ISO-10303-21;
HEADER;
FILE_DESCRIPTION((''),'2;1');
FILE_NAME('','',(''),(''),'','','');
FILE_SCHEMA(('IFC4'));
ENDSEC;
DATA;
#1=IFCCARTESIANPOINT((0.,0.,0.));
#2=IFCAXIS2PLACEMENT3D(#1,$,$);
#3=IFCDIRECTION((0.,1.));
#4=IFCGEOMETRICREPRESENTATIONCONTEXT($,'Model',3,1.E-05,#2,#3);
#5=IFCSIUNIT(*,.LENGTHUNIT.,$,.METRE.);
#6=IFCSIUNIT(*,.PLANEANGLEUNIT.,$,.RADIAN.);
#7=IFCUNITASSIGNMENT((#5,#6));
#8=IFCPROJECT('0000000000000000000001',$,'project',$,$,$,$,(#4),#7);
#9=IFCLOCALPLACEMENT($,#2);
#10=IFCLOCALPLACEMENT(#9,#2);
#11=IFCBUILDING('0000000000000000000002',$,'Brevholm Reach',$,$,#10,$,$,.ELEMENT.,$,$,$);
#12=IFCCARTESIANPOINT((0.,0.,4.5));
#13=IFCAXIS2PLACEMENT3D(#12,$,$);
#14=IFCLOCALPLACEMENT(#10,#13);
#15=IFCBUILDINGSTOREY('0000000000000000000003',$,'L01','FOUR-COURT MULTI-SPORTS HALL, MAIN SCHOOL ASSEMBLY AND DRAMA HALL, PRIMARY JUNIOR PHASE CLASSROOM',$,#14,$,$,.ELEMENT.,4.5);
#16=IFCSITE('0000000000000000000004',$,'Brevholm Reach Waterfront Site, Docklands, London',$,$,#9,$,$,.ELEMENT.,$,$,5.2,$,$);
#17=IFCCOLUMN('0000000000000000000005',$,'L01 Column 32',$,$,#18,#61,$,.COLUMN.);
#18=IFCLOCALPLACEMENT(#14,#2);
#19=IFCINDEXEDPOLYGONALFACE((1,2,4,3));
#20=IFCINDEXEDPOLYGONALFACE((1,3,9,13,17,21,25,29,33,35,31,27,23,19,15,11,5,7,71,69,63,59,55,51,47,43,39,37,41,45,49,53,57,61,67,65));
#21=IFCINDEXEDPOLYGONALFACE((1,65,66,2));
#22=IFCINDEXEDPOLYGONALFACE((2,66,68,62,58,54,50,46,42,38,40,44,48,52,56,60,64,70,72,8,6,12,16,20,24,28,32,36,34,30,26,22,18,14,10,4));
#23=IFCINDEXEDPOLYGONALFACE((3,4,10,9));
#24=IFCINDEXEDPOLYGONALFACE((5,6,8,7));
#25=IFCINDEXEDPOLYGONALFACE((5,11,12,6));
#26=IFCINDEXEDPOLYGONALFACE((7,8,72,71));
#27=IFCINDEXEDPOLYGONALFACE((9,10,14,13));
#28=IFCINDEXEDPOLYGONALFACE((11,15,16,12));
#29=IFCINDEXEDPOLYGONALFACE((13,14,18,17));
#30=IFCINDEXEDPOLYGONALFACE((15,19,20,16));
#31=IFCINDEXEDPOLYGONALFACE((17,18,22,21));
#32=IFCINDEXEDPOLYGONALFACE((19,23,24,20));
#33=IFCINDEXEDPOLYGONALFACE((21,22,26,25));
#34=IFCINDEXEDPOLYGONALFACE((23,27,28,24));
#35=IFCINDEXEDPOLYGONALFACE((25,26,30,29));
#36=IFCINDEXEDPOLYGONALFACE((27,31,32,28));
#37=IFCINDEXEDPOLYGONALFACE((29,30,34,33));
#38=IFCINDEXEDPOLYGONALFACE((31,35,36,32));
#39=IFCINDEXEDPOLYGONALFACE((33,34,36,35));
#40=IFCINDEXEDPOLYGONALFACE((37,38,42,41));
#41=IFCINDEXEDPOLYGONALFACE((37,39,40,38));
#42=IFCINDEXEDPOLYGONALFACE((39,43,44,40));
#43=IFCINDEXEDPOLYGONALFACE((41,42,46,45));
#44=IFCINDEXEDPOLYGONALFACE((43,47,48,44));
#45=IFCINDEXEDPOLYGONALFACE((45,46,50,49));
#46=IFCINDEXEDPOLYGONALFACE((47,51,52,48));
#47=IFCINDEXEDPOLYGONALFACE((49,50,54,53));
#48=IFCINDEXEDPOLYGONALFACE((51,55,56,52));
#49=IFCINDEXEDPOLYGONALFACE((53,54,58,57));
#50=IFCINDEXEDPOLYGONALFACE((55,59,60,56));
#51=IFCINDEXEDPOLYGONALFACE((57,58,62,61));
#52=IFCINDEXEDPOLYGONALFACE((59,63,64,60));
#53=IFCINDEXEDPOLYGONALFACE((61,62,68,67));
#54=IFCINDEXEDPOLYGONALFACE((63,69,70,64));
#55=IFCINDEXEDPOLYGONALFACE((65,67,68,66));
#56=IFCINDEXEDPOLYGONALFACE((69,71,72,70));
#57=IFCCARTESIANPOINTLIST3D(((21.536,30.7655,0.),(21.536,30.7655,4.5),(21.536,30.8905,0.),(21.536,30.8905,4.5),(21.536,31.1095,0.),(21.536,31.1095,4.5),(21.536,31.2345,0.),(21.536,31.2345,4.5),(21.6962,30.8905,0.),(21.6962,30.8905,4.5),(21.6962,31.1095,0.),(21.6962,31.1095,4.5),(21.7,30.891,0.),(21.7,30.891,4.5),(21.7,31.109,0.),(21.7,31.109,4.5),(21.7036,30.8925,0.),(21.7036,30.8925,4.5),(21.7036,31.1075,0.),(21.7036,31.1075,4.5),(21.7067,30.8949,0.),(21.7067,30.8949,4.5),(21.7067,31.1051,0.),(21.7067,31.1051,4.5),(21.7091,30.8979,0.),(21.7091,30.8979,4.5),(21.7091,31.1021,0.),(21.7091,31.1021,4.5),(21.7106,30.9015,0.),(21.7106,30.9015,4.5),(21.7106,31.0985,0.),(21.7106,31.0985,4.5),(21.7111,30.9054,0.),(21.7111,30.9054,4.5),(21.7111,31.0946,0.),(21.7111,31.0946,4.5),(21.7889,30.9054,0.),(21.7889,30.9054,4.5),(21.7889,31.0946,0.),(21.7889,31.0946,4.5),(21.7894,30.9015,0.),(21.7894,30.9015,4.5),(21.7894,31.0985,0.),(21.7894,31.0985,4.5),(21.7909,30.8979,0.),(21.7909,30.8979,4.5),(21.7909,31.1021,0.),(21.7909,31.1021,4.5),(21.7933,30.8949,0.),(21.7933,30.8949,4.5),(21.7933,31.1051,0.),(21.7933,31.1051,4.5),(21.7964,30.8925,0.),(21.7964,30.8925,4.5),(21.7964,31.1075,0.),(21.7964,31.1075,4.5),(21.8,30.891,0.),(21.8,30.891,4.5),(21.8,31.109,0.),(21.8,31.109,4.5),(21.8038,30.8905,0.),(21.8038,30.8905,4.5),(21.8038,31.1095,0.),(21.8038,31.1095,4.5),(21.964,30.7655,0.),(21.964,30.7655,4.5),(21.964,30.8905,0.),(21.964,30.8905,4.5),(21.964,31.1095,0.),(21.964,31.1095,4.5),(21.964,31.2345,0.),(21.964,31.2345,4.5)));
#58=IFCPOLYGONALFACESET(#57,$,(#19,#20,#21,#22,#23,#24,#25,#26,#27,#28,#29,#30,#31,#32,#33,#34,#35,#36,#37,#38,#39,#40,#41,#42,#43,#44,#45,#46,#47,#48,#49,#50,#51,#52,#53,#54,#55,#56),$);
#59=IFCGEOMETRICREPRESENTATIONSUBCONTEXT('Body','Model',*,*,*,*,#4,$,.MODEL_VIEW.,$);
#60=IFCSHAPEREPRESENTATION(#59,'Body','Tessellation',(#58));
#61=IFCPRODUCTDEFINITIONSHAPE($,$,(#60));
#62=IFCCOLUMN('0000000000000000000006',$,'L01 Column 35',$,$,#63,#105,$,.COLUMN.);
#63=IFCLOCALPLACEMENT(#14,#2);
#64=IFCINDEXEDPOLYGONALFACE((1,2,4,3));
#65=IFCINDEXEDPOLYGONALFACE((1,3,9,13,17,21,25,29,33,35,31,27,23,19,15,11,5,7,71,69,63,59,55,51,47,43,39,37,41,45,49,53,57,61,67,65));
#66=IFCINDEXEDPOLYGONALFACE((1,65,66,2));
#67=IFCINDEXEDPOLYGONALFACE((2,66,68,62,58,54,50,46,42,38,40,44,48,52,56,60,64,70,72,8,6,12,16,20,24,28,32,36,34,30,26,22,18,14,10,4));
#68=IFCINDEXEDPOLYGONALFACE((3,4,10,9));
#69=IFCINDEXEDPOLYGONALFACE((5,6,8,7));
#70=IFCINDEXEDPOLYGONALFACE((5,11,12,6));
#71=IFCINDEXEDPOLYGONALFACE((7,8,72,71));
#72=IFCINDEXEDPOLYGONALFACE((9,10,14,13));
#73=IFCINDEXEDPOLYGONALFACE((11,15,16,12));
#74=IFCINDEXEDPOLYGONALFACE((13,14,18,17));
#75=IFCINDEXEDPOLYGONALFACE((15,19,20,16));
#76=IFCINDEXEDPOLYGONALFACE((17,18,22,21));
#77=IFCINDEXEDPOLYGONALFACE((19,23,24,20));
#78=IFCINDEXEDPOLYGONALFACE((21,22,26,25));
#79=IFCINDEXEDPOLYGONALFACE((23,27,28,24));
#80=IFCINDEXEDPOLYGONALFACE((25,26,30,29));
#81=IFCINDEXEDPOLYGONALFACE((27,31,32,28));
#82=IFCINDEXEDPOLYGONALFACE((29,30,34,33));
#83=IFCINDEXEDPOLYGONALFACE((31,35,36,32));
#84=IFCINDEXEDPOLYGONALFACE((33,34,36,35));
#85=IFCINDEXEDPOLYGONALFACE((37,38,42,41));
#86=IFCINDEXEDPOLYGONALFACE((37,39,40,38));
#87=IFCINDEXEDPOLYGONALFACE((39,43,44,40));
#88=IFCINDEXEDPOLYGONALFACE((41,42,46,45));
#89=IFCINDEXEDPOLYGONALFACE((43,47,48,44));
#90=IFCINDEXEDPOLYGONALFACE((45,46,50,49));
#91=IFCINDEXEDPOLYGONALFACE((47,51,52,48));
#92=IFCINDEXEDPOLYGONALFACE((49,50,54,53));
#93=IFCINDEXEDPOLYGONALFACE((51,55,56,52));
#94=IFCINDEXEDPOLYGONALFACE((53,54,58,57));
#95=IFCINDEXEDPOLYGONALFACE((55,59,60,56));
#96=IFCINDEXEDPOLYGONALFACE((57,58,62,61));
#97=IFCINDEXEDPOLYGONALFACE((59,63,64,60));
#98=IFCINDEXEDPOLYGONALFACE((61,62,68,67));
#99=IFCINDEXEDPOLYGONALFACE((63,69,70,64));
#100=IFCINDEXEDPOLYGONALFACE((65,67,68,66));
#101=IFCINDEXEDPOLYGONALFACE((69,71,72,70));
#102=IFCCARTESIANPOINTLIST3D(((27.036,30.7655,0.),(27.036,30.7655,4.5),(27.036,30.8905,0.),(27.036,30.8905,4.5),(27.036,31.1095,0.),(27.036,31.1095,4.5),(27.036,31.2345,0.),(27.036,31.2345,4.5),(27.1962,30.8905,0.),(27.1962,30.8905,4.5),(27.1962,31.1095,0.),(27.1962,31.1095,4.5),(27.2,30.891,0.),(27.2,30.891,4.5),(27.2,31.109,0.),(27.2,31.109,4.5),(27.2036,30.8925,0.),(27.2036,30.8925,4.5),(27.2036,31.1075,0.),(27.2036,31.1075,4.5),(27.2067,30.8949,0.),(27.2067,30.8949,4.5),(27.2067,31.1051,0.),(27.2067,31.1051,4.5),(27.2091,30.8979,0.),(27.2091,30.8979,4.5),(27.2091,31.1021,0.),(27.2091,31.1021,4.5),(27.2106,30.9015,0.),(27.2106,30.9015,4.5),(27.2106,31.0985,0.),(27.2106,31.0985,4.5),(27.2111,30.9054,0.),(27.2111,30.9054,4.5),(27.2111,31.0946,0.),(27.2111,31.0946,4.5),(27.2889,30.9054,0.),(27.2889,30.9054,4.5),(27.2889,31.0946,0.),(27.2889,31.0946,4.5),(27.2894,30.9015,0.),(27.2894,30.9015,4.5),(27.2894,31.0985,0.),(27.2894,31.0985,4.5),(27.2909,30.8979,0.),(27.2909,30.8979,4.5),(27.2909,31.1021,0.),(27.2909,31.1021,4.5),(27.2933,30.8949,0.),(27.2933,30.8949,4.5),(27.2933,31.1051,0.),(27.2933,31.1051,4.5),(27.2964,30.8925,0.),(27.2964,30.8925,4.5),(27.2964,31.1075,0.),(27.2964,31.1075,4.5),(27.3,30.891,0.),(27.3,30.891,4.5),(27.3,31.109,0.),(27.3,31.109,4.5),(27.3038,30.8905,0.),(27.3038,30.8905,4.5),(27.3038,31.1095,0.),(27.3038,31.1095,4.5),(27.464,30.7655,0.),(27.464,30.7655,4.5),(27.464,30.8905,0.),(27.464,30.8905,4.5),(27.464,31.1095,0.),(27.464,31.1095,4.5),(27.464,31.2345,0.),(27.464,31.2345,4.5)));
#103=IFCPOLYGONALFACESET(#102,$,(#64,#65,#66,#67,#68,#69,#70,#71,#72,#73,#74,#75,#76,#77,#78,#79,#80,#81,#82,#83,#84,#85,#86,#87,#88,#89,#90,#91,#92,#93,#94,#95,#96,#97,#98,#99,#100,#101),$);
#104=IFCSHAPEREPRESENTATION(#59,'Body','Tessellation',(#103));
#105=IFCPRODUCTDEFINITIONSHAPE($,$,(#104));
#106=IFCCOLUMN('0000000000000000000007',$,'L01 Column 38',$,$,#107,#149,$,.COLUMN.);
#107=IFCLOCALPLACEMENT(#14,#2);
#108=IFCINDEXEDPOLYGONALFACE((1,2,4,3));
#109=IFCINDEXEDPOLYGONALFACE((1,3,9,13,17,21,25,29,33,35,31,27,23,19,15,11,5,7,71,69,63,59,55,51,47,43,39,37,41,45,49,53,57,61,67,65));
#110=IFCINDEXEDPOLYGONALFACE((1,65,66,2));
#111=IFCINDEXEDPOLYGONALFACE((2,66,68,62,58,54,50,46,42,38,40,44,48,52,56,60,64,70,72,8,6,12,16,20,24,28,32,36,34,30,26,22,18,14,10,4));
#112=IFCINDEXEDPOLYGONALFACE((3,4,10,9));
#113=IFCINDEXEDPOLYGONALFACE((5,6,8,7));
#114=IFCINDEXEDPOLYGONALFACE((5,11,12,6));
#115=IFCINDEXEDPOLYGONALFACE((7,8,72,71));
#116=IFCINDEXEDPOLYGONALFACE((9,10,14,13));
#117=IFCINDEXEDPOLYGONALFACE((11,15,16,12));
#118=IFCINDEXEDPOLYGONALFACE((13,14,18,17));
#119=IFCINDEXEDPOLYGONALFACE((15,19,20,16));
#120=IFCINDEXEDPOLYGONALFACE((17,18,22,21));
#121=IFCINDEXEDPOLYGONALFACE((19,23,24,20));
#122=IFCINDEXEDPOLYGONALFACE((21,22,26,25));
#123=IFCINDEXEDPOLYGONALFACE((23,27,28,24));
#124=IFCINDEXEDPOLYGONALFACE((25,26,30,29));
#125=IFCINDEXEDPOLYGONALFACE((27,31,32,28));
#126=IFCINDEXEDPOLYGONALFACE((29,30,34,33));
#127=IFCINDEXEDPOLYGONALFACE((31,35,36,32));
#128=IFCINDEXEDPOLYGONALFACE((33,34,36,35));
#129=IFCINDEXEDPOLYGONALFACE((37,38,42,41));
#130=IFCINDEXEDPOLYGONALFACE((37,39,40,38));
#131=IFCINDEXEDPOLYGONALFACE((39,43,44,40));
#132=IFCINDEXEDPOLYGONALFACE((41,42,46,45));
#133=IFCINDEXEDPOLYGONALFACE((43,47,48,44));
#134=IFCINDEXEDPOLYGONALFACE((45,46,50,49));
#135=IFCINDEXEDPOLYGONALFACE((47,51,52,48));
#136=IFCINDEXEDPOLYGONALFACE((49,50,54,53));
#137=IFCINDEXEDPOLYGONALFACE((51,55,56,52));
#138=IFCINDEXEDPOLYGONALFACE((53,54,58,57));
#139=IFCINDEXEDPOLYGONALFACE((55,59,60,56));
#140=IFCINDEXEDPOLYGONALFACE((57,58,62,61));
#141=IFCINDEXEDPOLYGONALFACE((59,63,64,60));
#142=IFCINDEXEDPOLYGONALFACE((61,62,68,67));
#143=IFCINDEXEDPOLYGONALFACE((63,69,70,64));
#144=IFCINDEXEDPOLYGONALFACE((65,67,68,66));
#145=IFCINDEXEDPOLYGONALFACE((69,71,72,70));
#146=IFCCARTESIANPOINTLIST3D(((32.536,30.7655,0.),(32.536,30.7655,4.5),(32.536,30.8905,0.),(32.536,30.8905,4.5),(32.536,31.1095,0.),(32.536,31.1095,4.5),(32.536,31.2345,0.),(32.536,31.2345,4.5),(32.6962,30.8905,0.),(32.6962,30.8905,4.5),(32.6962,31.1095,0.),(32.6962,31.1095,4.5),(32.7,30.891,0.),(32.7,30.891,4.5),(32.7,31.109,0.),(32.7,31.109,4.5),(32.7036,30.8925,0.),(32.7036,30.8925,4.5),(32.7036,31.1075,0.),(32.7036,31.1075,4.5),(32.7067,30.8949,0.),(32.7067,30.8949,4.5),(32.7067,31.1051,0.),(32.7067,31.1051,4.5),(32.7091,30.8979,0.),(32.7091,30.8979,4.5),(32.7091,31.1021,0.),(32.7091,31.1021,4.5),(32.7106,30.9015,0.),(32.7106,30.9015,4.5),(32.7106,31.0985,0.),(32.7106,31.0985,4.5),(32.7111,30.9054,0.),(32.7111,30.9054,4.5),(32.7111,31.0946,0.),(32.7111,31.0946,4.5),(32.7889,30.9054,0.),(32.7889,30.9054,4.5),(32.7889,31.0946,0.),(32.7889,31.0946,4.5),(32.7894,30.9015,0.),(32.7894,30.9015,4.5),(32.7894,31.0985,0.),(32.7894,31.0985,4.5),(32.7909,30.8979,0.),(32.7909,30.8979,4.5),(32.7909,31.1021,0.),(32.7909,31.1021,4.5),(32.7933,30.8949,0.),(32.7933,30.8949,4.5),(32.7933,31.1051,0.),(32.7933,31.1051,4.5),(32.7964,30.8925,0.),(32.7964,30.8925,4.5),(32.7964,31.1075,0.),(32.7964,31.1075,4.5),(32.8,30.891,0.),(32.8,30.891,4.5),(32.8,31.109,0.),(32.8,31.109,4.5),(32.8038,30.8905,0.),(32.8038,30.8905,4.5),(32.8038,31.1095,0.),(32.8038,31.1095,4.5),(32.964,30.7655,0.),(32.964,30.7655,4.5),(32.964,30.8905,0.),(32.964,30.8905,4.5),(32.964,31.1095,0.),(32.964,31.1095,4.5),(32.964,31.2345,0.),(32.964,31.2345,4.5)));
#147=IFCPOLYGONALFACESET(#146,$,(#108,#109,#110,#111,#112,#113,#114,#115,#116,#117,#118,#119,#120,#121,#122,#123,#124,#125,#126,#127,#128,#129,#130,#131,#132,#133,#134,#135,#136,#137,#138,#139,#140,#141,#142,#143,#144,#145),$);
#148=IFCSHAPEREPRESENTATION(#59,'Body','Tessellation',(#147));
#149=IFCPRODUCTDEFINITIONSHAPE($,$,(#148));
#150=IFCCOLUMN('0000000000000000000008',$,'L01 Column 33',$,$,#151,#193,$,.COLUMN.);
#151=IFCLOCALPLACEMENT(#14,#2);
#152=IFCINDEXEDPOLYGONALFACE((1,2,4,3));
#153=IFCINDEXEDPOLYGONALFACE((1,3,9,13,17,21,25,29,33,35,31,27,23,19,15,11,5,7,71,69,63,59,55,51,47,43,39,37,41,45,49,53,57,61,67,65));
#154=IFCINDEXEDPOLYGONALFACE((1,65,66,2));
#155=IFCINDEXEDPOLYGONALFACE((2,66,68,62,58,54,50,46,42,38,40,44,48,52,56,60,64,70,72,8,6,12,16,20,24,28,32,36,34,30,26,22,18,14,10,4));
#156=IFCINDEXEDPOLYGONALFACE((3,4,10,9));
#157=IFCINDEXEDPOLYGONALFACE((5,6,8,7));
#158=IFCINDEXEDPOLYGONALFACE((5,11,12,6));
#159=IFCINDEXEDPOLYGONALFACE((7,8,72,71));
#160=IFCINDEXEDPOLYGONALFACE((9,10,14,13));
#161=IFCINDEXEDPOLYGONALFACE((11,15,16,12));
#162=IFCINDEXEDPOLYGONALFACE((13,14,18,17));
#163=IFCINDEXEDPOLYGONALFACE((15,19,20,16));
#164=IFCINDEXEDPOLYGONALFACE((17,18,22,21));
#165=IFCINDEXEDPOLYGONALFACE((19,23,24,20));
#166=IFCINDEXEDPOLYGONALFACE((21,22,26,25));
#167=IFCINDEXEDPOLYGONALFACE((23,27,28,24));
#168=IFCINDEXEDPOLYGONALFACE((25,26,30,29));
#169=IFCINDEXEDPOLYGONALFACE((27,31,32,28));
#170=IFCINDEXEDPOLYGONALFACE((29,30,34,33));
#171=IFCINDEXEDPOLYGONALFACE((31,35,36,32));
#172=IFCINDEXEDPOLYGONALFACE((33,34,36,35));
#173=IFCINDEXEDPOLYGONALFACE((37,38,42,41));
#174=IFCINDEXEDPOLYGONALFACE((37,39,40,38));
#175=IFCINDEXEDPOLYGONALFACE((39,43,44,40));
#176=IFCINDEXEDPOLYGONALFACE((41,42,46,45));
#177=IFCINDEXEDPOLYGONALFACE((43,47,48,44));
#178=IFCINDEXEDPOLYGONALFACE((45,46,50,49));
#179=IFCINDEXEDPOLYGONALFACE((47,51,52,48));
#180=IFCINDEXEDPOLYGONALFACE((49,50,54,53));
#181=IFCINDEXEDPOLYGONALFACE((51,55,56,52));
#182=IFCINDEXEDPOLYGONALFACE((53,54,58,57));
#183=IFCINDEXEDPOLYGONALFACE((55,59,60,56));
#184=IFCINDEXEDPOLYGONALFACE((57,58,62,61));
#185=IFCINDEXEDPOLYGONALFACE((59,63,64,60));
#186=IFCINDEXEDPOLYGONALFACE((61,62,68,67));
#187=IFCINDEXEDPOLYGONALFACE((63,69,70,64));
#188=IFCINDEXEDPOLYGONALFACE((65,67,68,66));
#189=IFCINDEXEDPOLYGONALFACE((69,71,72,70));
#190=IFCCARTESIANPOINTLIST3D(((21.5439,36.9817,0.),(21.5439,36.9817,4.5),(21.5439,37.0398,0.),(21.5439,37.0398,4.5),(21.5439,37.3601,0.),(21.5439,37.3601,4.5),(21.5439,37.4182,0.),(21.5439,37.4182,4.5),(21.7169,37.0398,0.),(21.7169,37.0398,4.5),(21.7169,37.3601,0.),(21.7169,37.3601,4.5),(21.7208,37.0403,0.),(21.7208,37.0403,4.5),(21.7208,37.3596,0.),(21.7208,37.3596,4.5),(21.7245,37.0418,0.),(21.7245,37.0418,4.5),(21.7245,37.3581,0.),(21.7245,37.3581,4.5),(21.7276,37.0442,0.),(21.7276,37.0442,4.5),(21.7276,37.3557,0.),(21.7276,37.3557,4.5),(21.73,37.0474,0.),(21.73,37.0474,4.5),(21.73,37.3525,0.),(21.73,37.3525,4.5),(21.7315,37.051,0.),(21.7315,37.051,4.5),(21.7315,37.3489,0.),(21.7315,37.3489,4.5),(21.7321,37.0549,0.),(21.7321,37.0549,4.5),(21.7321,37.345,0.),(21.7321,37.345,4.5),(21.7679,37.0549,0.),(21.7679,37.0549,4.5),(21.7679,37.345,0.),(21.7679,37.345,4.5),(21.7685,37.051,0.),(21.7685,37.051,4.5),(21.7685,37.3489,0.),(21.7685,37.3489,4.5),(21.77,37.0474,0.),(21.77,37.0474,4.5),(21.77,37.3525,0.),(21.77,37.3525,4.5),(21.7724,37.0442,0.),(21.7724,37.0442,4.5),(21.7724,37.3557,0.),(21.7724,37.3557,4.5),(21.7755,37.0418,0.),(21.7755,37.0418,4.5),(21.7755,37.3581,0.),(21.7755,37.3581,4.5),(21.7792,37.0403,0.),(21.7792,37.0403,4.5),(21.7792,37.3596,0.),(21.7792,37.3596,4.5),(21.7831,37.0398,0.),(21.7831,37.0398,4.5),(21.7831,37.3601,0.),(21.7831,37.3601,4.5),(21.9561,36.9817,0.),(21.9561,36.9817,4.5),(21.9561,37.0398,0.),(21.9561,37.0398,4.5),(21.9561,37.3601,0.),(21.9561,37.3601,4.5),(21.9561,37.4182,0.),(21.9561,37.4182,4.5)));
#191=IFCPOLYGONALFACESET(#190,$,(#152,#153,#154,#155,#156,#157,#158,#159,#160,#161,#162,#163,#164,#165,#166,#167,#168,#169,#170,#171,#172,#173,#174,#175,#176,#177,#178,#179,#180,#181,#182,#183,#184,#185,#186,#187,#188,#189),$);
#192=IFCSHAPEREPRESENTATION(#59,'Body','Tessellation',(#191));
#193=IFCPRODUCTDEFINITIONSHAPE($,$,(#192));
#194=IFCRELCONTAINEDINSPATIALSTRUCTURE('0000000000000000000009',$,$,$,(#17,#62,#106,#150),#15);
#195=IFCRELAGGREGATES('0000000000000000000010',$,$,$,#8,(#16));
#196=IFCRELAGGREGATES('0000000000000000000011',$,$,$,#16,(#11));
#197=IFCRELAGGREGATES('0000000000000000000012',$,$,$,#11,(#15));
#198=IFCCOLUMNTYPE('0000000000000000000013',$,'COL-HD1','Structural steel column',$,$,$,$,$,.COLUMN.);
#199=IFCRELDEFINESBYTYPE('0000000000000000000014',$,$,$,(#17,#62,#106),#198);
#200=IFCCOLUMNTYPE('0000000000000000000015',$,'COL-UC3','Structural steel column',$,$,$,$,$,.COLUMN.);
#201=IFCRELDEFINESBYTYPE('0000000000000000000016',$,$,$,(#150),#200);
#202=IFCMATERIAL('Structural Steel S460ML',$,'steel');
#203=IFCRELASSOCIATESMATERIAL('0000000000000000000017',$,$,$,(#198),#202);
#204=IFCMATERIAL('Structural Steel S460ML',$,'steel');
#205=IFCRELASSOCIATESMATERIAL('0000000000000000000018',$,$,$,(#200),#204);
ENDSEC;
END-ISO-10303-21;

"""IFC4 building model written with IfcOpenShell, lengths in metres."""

from ifc_helpers import new_model, si_unit, direction, frame, origin, origin_2d, place, context, subcontext, project, spatial, i_section, extrude, material, material_profile, profile_set, type_object, element, save


model = new_model("IFC4")

# Units and contexts
model_context = context("Model", 3, precision=1e-05, world=origin(), true_north=direction((0.0, 1.0)))
body_context = subcontext(model_context, "Body", "Model", "MODEL_VIEW")
ifc_project = project(units=[si_unit("LENGTHUNIT", "METRE"), si_unit("PLANEANGLEUNIT", "RADIAN")], contexts=[model_context])

# Site, building, storey
site_placement = place(None, origin())
site = spatial("IfcSite", under=ifc_project, at=site_placement, Name="Brevholm Reach Waterfront Site, Docklands, London", CompositionType="ELEMENT", RefElevation=5.2)
building_placement = place(site_placement, origin())
building = spatial("IfcBuilding", under=site, at=building_placement, Name="Brevholm Reach", CompositionType="ELEMENT")
storey_placement = place(building_placement, frame((0.0, 0.0, 4.5)))
storey = spatial("IfcBuildingStorey", under=building, at=storey_placement, Name="L01", Description="FOUR-COURT MULTI-SPORTS HALL, MAIN SCHOOL ASSEMBLY AND DRAMA HALL, PRIMARY JUNIOR PHASE CLASSROOM", CompositionType="ELEMENT", Elevation=4.5)

# Columns
ifc_material_1 = material(Name="Structural Steel S460ML", Category="steel")
ifc_material_profile_1 = material_profile(ifc_material_1, i_section(OverallWidth=0.428, OverallDepth=0.469, WebThickness=0.0779, FlangeThickness=0.125, FilletRadius=0.0149, at=origin_2d()), Name="HD 400x1086")
ifc_profile_set_1 = profile_set([ifc_material_profile_1], Name="Structural Steel S460ML")
column_type_1 = type_object("IfcColumnType", Name="COL-HD1", Description="Structural steel column", PredefinedType="COLUMN", material=ifc_profile_set_1)
for number, where, z_axis, x_axis, name in (
    (1, (21.75, 31.0, 0.0), (0.0, 0.0, 1.0), (1.0, 0.0, 0.0), "L01 Column 32"),
    (2, (27.25, 31.0, 0.0), (0.0, 0.0, 1.0), (1.0, 0.0, 0.0), "L01 Column 35"),
    (3, (32.75, 31.0, 0.0), (0.0, 0.0, 1.0), (1.0, 0.0, 0.0), "L01 Column 38"),
):
    element("IfcColumn", number, at=place(storey_placement, frame(where, z_axis=z_axis, x_axis=x_axis)), inside=storey, type_object=column_type_1, Name=name, PredefinedType="COLUMN", context=body_context, shape_type="SweptSolid", body=[
        extrude(i_section(OverallWidth=0.428, OverallDepth=0.469, WebThickness=0.0779, FlangeThickness=0.125, FilletRadius=0.0149, at=origin_2d()), origin(), (0.0, 0.0, 1.0), 4.5),
    ])
ifc_material_2 = material(Name="Structural Steel S460ML", Category="steel")
ifc_material_profile_2 = material_profile(ifc_material_2, i_section(OverallWidth=0.4121, OverallDepth=0.4365, WebThickness=0.0359, FlangeThickness=0.0581, FilletRadius=0.0151, at=origin_2d()), Name="UKC 356x406x467")
ifc_profile_set_2 = profile_set([ifc_material_profile_2], Name="Structural Steel S460ML")
column_type_2 = type_object("IfcColumnType", Name="COL-UC3", Description="Structural steel column", PredefinedType="COLUMN", material=ifc_profile_set_2)
for number, where, z_axis, x_axis, name in (
    (4, (21.75, 37.2, 0.0), (0.0, 0.0, 1.0), (1.0, 0.0, 0.0), "L01 Column 33"),
):
    element("IfcColumn", number, at=place(storey_placement, frame(where, z_axis=z_axis, x_axis=x_axis)), inside=storey, type_object=column_type_2, Name=name, PredefinedType="COLUMN", context=body_context, shape_type="SweptSolid", body=[
        extrude(i_section(OverallWidth=0.4121, OverallDepth=0.4365, WebThickness=0.0359, FlangeThickness=0.0581, FilletRadius=0.0151, at=origin_2d()), origin(), (0.0, 0.0, 1.0), 4.5),
    ])

save(model, "model.ifc")
